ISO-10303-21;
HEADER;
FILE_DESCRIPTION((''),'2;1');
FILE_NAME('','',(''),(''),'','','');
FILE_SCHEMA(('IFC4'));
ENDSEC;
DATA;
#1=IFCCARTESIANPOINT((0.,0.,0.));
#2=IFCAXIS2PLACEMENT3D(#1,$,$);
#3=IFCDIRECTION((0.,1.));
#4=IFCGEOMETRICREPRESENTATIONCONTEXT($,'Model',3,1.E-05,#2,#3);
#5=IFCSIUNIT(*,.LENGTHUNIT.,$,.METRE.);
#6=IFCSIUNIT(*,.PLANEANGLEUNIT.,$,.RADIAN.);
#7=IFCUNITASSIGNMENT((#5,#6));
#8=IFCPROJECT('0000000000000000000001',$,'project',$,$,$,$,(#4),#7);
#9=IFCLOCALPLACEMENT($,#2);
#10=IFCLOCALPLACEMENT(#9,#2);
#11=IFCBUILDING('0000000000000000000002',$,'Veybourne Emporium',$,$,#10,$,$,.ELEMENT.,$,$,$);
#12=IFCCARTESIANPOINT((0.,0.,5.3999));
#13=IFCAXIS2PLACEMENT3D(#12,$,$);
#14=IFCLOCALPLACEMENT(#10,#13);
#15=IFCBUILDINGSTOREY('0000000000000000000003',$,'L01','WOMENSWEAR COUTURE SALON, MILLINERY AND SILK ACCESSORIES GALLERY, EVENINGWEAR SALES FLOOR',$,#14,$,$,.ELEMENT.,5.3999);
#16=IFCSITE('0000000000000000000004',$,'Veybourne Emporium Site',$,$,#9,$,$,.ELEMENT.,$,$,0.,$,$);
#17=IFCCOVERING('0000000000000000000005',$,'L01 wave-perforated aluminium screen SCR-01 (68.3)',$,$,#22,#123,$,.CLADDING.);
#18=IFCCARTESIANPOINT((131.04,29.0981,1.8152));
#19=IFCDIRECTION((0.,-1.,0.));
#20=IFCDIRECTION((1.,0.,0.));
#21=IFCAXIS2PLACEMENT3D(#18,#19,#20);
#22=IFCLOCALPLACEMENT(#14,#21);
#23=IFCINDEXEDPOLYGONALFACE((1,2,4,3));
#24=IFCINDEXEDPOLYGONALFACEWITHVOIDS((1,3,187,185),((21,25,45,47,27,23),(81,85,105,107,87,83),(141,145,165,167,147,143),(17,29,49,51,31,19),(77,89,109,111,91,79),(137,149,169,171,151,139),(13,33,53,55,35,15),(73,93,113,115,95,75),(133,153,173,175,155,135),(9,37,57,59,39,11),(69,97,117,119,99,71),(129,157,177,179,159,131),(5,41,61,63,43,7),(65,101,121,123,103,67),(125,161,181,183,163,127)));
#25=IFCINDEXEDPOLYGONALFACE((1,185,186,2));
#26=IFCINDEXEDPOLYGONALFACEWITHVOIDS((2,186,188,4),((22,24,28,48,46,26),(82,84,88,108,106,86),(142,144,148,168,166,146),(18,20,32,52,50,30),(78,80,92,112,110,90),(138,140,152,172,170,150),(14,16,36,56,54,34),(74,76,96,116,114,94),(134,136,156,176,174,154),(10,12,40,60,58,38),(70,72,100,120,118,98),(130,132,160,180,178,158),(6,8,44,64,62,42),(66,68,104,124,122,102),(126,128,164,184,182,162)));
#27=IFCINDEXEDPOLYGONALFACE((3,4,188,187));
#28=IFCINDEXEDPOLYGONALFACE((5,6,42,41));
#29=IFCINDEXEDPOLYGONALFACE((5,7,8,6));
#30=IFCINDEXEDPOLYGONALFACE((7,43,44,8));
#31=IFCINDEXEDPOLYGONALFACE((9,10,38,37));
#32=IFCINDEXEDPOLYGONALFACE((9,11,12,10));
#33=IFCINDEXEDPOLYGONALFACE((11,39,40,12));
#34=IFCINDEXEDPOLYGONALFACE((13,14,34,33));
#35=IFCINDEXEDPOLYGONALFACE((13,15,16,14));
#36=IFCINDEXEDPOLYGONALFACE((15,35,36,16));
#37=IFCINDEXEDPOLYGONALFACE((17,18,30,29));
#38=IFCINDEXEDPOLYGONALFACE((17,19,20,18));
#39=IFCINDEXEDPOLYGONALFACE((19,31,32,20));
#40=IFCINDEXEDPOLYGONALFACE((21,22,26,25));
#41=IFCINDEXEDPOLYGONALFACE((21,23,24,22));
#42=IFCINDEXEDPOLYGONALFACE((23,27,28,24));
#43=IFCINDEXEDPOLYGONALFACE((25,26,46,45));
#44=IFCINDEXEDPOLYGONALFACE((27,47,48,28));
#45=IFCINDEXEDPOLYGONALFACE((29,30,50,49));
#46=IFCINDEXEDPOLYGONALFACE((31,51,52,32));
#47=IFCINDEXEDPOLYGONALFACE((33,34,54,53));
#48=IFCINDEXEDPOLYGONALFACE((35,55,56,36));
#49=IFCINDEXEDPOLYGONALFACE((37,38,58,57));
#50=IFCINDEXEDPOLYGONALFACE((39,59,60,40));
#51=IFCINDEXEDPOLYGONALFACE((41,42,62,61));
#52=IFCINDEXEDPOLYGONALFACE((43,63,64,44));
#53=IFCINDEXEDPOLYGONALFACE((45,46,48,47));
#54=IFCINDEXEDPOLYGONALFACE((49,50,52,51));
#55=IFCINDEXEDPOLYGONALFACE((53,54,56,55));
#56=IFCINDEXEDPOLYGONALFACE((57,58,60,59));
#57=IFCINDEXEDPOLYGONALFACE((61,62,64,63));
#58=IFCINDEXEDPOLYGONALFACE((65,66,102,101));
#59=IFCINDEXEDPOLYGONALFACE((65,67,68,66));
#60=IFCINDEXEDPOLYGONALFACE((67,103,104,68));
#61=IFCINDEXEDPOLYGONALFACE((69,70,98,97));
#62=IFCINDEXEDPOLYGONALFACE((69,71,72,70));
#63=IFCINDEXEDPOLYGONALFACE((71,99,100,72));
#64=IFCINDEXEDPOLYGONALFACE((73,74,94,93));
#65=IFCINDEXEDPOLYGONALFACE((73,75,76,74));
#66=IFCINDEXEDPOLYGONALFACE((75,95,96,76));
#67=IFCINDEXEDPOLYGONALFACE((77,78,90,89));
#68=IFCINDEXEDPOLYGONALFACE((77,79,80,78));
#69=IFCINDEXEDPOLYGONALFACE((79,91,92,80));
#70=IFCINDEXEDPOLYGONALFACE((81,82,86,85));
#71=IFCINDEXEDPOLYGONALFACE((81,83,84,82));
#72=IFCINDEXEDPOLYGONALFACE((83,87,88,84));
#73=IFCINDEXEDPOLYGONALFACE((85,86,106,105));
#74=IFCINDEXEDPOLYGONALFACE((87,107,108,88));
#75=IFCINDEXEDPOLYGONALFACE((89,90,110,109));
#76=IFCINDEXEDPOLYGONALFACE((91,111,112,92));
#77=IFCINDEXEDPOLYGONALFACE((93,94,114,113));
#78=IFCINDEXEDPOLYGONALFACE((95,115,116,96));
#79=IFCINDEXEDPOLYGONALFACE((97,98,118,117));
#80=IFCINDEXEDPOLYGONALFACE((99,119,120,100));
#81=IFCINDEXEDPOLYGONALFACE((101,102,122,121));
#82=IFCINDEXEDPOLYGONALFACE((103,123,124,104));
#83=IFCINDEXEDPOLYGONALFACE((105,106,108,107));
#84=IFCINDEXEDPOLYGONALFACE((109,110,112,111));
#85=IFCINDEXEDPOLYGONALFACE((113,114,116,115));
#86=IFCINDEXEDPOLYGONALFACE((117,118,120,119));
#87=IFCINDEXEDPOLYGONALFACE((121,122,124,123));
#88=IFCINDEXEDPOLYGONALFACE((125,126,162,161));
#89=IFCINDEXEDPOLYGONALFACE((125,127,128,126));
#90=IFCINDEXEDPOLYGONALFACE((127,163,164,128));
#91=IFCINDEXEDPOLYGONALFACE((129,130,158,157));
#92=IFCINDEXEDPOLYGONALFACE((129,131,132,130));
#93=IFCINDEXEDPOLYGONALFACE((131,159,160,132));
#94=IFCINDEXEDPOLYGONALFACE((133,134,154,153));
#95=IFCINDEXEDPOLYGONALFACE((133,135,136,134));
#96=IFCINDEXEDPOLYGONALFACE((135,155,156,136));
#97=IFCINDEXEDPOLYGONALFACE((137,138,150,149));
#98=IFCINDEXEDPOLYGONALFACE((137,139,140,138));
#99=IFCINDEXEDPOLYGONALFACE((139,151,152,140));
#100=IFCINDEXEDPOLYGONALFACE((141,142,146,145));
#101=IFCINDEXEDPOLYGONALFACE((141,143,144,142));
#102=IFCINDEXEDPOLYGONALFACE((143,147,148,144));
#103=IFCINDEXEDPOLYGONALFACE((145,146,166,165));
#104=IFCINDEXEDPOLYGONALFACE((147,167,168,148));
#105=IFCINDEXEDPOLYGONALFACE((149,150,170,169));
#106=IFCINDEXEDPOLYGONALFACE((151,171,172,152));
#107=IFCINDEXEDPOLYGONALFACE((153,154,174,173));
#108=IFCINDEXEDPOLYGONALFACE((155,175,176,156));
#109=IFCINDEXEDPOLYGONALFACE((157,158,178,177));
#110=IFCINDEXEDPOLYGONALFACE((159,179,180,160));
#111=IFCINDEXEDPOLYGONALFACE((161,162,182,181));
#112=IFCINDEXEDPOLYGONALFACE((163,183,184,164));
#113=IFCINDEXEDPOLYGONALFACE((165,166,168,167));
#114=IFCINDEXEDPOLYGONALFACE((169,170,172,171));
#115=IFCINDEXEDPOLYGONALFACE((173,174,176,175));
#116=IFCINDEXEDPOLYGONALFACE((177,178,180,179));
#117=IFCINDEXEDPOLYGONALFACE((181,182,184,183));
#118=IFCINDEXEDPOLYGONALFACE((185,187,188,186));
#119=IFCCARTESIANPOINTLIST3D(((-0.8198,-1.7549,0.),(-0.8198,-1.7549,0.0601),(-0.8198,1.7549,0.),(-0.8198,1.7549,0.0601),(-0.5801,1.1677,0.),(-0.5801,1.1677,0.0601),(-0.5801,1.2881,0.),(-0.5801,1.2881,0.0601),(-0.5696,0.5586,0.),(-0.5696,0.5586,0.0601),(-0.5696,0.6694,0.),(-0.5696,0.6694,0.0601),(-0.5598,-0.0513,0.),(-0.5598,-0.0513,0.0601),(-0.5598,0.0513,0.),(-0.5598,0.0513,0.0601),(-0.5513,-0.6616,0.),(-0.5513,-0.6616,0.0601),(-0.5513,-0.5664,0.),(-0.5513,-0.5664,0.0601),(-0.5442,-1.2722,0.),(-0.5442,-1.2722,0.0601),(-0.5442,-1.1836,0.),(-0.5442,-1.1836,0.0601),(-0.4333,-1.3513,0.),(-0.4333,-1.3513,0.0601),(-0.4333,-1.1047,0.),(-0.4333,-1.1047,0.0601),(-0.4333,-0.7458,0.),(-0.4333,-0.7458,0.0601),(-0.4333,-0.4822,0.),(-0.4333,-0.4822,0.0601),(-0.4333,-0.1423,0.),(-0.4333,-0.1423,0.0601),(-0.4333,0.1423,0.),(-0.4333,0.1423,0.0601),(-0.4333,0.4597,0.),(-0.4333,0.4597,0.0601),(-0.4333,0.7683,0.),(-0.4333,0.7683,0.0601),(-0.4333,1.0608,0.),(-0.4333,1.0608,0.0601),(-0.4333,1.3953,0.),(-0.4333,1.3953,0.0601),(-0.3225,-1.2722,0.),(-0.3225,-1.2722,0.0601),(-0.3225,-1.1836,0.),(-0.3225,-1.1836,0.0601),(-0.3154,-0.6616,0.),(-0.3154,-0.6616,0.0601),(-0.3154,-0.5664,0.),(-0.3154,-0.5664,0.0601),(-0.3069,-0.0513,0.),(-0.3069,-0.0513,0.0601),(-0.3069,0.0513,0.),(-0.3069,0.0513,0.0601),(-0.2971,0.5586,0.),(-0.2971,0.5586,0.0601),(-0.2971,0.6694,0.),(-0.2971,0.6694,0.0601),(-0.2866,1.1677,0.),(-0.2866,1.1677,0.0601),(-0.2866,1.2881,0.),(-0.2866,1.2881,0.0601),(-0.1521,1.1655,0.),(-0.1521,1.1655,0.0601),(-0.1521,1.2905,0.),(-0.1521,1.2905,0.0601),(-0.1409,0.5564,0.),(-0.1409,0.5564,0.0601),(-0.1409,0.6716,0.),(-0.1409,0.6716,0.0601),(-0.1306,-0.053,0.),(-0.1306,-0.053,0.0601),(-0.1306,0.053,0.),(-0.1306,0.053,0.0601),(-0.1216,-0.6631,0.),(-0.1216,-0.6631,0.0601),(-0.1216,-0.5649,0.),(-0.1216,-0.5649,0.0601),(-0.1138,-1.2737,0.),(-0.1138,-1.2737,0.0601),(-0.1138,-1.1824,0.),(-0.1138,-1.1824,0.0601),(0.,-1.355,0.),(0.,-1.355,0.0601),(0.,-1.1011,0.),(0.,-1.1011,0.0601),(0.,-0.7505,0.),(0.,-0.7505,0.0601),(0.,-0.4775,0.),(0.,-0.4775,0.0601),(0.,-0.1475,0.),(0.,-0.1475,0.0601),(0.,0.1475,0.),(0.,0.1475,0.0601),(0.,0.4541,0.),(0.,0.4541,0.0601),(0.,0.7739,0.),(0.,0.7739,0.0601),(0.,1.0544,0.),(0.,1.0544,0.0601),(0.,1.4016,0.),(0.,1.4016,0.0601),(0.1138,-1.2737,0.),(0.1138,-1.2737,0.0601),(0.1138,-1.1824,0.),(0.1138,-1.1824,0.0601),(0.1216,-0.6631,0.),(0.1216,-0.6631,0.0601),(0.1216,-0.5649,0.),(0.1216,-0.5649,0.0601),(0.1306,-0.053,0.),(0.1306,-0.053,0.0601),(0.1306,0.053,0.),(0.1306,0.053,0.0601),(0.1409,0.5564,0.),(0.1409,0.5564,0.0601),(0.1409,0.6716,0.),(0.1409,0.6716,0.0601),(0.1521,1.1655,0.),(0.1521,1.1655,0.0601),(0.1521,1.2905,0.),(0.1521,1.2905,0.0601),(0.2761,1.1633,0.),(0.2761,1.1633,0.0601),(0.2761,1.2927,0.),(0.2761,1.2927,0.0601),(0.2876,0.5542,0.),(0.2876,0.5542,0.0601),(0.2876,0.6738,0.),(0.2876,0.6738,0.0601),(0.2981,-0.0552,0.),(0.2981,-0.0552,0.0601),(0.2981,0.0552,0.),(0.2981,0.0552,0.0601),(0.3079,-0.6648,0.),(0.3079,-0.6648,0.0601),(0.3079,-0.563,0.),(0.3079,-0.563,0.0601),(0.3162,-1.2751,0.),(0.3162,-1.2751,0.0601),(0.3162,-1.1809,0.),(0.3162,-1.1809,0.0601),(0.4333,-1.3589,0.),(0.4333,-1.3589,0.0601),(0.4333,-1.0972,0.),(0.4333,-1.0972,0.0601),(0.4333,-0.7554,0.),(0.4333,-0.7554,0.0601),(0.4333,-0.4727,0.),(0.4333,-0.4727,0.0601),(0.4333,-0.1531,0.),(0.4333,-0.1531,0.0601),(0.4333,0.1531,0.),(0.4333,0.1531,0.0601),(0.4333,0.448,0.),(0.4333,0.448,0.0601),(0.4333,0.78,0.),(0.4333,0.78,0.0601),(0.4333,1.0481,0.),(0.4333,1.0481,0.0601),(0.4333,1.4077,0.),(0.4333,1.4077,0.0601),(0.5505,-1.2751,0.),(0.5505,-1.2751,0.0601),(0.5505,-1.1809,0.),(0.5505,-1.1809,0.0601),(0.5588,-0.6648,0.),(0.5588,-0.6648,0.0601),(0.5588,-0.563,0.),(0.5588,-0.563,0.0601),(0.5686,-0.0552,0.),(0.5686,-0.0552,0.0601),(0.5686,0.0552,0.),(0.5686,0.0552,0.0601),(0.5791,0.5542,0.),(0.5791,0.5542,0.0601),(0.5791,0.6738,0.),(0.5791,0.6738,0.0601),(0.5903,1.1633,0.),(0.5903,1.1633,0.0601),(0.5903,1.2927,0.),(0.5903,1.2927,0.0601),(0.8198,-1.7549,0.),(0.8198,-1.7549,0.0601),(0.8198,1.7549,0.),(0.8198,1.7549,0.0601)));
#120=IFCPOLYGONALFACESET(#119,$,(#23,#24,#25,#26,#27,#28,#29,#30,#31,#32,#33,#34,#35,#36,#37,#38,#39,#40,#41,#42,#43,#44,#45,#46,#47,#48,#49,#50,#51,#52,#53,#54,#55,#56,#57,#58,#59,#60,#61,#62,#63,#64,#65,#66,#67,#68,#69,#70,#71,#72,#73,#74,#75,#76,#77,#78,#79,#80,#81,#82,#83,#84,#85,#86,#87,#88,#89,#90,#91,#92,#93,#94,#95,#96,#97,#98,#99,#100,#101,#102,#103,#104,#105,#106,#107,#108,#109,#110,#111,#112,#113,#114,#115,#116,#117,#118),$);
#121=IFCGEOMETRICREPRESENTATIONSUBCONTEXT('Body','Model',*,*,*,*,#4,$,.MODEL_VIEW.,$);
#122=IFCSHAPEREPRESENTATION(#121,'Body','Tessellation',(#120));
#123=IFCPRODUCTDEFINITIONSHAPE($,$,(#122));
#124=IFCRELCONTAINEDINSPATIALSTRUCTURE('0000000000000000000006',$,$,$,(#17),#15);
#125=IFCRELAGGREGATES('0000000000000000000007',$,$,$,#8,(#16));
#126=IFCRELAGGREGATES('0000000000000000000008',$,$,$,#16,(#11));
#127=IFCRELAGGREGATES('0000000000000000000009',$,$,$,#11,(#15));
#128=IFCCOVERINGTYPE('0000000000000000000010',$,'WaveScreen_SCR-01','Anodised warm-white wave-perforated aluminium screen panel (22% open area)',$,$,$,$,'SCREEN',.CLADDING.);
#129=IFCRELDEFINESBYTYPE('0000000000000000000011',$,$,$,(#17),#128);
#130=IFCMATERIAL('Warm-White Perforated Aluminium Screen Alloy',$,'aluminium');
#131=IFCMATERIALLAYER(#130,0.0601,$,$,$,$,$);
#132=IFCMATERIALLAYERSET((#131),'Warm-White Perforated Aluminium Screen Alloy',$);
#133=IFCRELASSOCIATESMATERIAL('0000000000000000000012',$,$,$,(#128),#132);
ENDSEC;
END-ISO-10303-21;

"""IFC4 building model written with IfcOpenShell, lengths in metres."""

from ifc_helpers import new_model, si_unit, direction, frame, origin, place, context, subcontext, project, spatial, polyline, outline, extrude, material, layer, layer_set, type_object, element, save


model = new_model("IFC4")

# Units and contexts
model_context = context("Model", 3, precision=1e-05, world=origin(), true_north=direction((0.0, 1.0)))
body_context = subcontext(model_context, "Body", "Model", "MODEL_VIEW")
ifc_project = project(units=[si_unit("LENGTHUNIT", "METRE"), si_unit("PLANEANGLEUNIT", "RADIAN")], contexts=[model_context])

# Site, building, storey
site_placement = place(None, origin())
site = spatial("IfcSite", under=ifc_project, at=site_placement, Name="Veybourne Emporium Site", CompositionType="ELEMENT", RefElevation=0.0)
building_placement = place(site_placement, origin())
building = spatial("IfcBuilding", under=site, at=building_placement, Name="Veybourne Emporium", CompositionType="ELEMENT")
storey_placement = place(building_placement, frame((0.0, 0.0, 5.3999)))
storey = spatial("IfcBuildingStorey", under=building, at=storey_placement, Name="L01", Description="WOMENSWEAR COUTURE SALON, MILLINERY AND SILK ACCESSORIES GALLERY, EVENINGWEAR SALES FLOOR", CompositionType="ELEMENT", Elevation=5.3999)

# Covering
ifc_material_1 = material(Name="Warm-White Perforated Aluminium Screen Alloy", Category="aluminium")
ifc_layer_1 = layer(ifc_material_1, 0.0601)
ifc_layer_set_1 = layer_set([ifc_layer_1], Name="Warm-White Perforated Aluminium Screen Alloy")
covering_type_1 = type_object("IfcCoveringType", Name="WaveScreen_SCR-01", Description="Anodised warm-white wave-perforated aluminium screen panel (22% open area)", ElementType="SCREEN", PredefinedType="CLADDING", material=ifc_layer_set_1)
covering_1_placement = place(storey_placement, frame((131.04, 29.0981, 1.8152), z_axis=(0.0, -1.0, 0.0), x_axis=(1.0, 0.0, 0.0)))
element("IfcCovering", 1, at=covering_1_placement, inside=storey, type_object=covering_type_1, Name="L01 wave-perforated aluminium screen SCR-01 (68.3)", PredefinedType="CLADDING", context=body_context, shape_type="SweptSolid", body=[
    extrude(outline(polyline([(-0.8198, -1.7549), (0.8198, -1.7549), (0.8198, 1.7549), (-0.8198, 1.7549), (-0.8198, -1.7549)]), holes=[polyline([(-0.4333, -1.1047), (-0.3225, -1.1836), (-0.3225, -1.2722), (-0.4333, -1.3513), (-0.5442, -1.2722), (-0.5442, -1.1836), (-0.4333, -1.1047)]), polyline([(-0.4333, -0.4822), (-0.3154, -0.5664), (-0.3154, -0.6616), (-0.4333, -0.7458), (-0.5513, -0.6616), (-0.5513, -0.5664), (-0.4333, -0.4822)]), polyline([(-0.4333, 0.1423), (-0.3069, 0.0513), (-0.3069, -0.0513), (-0.4333, -0.1423), (-0.5598, -0.0513), (-0.5598, 0.0513), (-0.4333, 0.1423)]), polyline([(-0.4333, 0.7683), (-0.2971, 0.6694), (-0.2971, 0.5586), (-0.4333, 0.4597), (-0.5696, 0.5586), (-0.5696, 0.6694), (-0.4333, 0.7683)]), polyline([(-0.4333, 1.3953), (-0.2866, 1.2881), (-0.2866, 1.1677), (-0.4333, 1.0608), (-0.5801, 1.1677), (-0.5801, 1.2881), (-0.4333, 1.3953)]), polyline([(0.0, -1.1011), (0.1138, -1.1824), (0.1138, -1.2737), (0.0, -1.355), (-0.1138, -1.2737), (-0.1138, -1.1824), (0.0, -1.1011)]), polyline([(0.0, -0.4775), (0.1216, -0.5649), (0.1216, -0.6631), (0.0, -0.7505), (-0.1216, -0.6631), (-0.1216, -0.5649), (0.0, -0.4775)]), polyline([(0.0, 0.1475), (0.1306, 0.053), (0.1306, -0.053), (0.0, -0.1475), (-0.1306, -0.053), (-0.1306, 0.053), (0.0, 0.1475)]), polyline([(0.0, 0.7739), (0.1409, 0.6716), (0.1409, 0.5564), (0.0, 0.4541), (-0.1409, 0.5564), (-0.1409, 0.6716), (0.0, 0.7739)]), polyline([(0.0, 1.4016), (0.1521, 1.2905), (0.1521, 1.1655), (0.0, 1.0544), (-0.1521, 1.1655), (-0.1521, 1.2905), (0.0, 1.4016)]), polyline([(0.4333, -1.0972), (0.5505, -1.1809), (0.5505, -1.2751), (0.4333, -1.3589), (0.3162, -1.2751), (0.3162, -1.1809), (0.4333, -1.0972)]), polyline([(0.4333, -0.4727), (0.5588, -0.563), (0.5588, -0.6648), (0.4333, -0.7554), (0.3079, -0.6648), (0.3079, -0.563), (0.4333, -0.4727)]), polyline([(0.4333, 0.1531), (0.5686, 0.0552), (0.5686, -0.0552), (0.4333, -0.1531), (0.2981, -0.0552), (0.2981, 0.0552), (0.4333, 0.1531)]), polyline([(0.4333, 0.78), (0.5791, 0.6738), (0.5791, 0.5542), (0.4333, 0.448), (0.2876, 0.5542), (0.2876, 0.6738), (0.4333, 0.78)]), polyline([(0.4333, 1.4077), (0.5903, 1.2927), (0.5903, 1.1633), (0.4333, 1.0481), (0.2761, 1.1633), (0.2761, 1.2927), (0.4333, 1.4077)])]), origin(), (0.0, 0.0, 1.0), 0.0601),
])

save(model, "model.ifc")
